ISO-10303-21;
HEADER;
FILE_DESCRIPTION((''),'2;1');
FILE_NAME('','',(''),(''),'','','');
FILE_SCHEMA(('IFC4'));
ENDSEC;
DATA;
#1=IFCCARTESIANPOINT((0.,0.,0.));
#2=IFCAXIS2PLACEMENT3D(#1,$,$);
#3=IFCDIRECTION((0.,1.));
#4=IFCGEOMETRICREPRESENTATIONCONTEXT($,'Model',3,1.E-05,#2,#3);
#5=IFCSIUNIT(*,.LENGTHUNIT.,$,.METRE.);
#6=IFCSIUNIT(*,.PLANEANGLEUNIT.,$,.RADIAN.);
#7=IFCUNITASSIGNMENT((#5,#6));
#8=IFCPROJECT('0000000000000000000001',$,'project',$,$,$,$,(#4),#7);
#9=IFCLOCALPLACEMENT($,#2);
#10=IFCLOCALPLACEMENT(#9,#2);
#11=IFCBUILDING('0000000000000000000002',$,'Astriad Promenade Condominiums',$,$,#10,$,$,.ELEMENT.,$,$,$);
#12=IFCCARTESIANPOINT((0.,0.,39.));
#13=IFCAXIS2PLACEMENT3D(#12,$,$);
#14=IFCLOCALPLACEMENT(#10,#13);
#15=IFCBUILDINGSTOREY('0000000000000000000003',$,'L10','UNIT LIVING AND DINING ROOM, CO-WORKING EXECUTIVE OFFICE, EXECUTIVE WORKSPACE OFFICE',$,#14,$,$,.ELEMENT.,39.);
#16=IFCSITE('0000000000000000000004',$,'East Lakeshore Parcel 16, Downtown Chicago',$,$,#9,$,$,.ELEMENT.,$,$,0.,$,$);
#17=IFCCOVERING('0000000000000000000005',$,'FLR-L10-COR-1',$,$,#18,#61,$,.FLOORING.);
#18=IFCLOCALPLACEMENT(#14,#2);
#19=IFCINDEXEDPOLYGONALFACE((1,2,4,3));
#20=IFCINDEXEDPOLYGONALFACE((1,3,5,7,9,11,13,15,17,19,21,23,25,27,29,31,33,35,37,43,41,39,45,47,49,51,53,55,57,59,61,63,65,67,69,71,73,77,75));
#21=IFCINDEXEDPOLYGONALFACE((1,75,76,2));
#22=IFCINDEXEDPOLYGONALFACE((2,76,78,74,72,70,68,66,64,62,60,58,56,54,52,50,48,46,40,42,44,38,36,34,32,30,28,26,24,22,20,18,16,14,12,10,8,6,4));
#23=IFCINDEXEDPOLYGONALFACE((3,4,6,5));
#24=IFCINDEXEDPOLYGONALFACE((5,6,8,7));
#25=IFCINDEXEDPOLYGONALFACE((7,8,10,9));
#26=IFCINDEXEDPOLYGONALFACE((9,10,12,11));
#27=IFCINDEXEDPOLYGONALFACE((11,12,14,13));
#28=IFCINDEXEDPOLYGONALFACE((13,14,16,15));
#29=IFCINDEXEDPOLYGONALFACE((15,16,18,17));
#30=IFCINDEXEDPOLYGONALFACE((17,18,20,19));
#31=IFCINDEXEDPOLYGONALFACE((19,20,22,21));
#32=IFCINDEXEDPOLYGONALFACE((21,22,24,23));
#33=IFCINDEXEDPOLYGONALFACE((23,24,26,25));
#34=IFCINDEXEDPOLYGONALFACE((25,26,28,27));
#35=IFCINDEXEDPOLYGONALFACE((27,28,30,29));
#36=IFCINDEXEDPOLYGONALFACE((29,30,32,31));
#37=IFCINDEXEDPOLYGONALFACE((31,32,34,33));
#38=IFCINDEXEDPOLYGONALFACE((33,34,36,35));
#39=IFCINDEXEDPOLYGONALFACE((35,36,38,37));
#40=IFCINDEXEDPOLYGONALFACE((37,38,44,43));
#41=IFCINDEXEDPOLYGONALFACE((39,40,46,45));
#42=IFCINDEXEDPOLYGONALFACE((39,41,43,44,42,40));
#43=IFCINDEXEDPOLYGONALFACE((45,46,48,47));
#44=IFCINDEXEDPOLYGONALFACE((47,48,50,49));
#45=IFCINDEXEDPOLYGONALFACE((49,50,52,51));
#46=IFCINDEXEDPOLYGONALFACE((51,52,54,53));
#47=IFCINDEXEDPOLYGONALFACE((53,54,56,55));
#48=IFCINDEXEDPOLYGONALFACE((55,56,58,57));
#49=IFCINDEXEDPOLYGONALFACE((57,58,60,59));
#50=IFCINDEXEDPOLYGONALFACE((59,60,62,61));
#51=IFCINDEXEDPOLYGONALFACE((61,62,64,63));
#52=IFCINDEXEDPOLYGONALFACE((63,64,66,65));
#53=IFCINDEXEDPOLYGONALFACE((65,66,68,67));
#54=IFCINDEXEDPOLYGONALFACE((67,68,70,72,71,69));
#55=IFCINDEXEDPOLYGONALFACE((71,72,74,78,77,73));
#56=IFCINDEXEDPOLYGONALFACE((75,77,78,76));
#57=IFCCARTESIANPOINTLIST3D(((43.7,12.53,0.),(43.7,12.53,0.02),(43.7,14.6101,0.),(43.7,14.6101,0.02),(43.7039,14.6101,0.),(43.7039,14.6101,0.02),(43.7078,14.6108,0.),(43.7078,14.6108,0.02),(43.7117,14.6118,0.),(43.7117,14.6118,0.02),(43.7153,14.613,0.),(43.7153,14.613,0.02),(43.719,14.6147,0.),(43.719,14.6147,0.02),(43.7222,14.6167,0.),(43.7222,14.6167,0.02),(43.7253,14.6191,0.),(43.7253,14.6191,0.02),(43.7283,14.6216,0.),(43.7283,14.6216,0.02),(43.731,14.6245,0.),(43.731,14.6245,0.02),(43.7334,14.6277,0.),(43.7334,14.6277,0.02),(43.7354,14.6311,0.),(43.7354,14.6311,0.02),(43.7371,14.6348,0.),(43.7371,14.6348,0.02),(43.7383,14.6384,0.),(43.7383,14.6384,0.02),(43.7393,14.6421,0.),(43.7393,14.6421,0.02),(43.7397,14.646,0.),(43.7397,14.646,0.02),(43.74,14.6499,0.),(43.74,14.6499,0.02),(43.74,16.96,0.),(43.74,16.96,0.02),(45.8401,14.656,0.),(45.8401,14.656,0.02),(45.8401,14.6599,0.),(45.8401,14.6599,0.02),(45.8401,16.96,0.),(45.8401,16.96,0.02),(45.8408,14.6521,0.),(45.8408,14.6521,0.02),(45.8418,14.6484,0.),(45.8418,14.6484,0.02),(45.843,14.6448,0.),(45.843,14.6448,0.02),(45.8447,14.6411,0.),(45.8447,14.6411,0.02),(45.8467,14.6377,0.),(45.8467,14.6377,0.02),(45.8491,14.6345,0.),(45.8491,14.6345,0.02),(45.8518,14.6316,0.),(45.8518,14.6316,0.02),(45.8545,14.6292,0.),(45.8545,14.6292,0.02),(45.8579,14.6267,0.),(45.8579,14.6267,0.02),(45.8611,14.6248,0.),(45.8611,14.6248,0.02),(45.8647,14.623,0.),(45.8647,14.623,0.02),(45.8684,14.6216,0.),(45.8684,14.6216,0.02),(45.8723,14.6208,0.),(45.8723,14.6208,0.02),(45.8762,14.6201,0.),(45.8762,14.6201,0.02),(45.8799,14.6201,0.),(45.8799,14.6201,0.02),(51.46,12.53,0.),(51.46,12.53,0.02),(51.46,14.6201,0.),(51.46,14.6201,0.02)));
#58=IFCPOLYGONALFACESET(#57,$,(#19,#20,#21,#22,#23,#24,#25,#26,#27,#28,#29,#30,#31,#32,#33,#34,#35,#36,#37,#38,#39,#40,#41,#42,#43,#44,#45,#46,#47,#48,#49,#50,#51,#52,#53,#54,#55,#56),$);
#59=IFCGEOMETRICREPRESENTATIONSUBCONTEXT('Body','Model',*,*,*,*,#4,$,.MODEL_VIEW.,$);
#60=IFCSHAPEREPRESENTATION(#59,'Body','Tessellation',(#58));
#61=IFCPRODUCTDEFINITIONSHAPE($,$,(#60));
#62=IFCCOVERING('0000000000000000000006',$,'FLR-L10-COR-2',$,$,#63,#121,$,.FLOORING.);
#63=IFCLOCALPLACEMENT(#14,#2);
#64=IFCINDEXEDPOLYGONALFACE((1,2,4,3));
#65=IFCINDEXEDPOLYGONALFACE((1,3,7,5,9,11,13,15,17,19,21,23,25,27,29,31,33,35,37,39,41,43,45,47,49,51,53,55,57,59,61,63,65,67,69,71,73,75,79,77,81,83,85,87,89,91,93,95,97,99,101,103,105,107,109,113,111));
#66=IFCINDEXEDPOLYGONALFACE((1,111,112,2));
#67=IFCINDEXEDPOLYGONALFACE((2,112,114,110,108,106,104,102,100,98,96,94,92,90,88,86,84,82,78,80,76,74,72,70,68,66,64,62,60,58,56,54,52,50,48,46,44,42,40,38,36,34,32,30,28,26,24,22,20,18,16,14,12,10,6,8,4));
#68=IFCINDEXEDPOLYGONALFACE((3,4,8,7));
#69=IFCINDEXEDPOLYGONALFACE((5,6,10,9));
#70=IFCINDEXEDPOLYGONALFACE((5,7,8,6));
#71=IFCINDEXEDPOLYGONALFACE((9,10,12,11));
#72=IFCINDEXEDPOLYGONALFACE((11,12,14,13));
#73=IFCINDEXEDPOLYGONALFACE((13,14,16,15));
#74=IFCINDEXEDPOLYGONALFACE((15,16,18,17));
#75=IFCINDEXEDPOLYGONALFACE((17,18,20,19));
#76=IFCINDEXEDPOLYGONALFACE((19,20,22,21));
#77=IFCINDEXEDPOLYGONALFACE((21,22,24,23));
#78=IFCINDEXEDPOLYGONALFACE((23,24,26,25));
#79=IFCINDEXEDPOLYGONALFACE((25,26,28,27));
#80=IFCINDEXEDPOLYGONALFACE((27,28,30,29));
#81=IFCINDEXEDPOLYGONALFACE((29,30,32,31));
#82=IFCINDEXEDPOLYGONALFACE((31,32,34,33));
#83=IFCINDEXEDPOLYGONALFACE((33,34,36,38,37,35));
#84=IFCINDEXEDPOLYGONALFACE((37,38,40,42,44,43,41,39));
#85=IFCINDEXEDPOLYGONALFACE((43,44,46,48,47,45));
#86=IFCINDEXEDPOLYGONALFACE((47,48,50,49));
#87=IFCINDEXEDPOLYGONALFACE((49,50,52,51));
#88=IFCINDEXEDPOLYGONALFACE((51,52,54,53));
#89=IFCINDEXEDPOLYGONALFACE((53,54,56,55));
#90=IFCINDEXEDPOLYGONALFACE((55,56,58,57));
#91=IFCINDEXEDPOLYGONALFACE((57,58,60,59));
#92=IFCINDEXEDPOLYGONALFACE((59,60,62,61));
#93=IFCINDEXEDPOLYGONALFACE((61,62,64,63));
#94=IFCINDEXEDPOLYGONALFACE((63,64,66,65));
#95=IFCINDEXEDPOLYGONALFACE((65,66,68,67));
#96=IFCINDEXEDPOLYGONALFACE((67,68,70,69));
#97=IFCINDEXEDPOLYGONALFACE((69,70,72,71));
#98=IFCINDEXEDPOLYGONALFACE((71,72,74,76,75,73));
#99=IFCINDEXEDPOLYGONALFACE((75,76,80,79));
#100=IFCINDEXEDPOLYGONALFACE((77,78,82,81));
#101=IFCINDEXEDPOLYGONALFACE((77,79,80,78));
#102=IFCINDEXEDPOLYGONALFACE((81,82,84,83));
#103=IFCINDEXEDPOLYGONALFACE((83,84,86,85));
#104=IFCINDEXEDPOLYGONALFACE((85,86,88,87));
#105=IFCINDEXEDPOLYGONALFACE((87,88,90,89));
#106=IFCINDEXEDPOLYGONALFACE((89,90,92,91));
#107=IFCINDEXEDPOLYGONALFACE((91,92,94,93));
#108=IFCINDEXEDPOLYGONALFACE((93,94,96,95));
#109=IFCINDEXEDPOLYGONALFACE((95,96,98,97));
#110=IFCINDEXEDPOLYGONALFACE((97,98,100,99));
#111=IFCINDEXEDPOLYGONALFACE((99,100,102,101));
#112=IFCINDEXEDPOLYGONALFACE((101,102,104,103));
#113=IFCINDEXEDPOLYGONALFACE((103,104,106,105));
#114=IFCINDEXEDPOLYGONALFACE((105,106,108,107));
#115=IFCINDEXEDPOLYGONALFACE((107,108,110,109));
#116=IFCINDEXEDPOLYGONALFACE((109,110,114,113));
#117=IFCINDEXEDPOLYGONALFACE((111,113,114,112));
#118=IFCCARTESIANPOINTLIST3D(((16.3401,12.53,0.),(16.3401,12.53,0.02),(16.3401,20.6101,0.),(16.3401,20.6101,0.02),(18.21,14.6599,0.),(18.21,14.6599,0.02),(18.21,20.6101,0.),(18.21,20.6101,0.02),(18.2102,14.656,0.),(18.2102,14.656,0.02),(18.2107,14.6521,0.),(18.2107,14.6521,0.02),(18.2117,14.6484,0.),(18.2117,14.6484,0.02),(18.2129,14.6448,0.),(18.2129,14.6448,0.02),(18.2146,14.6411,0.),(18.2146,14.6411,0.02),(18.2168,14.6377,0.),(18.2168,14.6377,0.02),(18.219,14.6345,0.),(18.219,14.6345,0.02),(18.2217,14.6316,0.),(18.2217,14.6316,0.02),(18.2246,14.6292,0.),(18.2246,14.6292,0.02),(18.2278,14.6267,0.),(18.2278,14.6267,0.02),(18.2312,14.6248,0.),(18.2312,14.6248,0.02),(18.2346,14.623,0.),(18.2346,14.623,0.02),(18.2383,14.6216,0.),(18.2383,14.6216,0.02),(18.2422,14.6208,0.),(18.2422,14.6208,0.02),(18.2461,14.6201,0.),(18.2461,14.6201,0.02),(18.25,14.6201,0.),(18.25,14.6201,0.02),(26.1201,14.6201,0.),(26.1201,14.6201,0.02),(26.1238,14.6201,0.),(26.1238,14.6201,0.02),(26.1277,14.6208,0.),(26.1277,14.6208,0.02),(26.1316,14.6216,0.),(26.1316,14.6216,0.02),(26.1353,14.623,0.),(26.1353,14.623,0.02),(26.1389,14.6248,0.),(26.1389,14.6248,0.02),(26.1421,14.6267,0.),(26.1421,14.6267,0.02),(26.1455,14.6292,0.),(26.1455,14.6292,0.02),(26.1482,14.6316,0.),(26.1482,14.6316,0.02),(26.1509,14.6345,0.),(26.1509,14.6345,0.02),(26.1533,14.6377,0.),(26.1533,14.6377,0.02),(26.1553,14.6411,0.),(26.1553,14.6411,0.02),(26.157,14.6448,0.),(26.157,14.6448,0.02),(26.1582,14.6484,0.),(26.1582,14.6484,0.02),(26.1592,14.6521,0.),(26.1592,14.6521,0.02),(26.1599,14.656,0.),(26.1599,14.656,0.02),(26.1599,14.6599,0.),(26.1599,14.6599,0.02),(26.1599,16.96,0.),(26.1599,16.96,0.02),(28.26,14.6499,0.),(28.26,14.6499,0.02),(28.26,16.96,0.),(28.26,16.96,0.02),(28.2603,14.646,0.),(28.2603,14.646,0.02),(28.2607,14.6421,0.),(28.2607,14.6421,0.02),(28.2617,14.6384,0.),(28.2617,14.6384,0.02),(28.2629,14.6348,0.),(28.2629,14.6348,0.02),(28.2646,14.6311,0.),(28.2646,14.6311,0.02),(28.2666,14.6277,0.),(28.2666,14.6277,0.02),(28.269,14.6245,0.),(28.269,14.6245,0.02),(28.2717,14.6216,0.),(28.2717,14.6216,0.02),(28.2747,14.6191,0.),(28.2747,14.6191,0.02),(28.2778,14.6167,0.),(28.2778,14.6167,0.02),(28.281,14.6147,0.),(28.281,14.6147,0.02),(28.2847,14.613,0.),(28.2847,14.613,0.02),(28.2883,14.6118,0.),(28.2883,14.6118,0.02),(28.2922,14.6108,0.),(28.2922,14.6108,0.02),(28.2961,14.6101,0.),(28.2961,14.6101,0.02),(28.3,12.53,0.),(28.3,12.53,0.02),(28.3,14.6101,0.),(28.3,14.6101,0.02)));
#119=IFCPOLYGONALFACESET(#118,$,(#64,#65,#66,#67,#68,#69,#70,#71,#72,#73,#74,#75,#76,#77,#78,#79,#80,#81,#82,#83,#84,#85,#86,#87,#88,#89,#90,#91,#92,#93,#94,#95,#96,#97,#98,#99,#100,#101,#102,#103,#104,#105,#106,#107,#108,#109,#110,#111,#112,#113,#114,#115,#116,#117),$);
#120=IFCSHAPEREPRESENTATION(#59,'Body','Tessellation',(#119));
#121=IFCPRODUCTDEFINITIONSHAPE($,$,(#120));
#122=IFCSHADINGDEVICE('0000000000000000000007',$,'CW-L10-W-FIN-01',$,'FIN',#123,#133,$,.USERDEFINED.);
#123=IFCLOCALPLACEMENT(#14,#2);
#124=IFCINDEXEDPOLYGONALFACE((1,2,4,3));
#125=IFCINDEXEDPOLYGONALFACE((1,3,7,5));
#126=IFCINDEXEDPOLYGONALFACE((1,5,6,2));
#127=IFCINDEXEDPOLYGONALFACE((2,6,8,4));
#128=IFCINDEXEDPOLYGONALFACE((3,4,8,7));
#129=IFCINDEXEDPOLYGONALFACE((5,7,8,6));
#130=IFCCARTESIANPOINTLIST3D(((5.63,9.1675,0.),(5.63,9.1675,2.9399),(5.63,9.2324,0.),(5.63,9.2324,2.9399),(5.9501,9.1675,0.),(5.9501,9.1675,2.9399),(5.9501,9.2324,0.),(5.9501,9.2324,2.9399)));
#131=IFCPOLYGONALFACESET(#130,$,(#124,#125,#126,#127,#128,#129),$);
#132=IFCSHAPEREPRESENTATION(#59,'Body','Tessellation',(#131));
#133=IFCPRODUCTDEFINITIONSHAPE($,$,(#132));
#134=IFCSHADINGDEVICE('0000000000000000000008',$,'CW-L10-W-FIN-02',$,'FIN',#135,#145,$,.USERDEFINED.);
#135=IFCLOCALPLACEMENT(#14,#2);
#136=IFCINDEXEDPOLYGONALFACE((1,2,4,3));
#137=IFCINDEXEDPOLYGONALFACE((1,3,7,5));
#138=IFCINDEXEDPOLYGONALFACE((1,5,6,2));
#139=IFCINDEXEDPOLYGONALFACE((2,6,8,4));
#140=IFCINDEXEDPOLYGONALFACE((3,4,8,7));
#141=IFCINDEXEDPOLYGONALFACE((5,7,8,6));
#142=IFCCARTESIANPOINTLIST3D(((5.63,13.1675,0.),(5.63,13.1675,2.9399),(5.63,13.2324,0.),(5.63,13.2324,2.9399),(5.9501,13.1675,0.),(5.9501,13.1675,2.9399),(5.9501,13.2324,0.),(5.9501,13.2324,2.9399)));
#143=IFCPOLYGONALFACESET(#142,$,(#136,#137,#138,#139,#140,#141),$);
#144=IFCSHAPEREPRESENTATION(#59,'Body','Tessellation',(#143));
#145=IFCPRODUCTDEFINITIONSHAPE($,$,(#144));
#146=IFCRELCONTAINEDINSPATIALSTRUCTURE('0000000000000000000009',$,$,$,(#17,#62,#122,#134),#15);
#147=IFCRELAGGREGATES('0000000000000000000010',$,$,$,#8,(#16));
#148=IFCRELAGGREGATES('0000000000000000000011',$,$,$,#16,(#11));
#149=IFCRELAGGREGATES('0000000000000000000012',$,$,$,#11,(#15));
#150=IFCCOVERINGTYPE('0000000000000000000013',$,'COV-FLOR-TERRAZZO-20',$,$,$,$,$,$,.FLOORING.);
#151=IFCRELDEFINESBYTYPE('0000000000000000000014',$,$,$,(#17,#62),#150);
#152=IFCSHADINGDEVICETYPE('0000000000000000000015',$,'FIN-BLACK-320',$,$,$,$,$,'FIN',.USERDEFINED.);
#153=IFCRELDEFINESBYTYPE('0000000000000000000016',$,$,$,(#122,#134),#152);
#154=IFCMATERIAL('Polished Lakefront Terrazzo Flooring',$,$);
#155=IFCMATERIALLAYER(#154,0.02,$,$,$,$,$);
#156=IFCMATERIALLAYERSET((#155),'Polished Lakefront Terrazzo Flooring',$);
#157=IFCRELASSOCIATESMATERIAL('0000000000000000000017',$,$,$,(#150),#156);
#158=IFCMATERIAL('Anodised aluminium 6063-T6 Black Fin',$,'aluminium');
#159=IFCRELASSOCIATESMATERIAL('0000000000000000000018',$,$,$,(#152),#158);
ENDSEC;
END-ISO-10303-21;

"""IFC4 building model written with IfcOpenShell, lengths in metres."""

from ifc_helpers import new_model, si_unit, direction, frame, origin, origin_2d, place, context, subcontext, project, spatial, polyline, rectangle, outline, extrude, source, transform, mapped, material, layer, layer_set, type_object, type_shapes, element, save


model = new_model("IFC4")

# Units and contexts
model_context = context("Model", 3, precision=1e-05, world=origin(), true_north=direction((0.0, 1.0)))
body_context = subcontext(model_context, "Body", "Model", "MODEL_VIEW")
ifc_project = project(units=[si_unit("LENGTHUNIT", "METRE"), si_unit("PLANEANGLEUNIT", "RADIAN")], contexts=[model_context])

# Site, building, storey
site_placement = place(None, origin())
site = spatial("IfcSite", under=ifc_project, at=site_placement, Name="East Lakeshore Parcel 16, Downtown Chicago", CompositionType="ELEMENT", RefElevation=0.0)
building_placement = place(site_placement, origin())
building = spatial("IfcBuilding", under=site, at=building_placement, Name="Astriad Promenade Condominiums", CompositionType="ELEMENT")
storey_placement = place(building_placement, frame((0.0, 0.0, 39.0)))
storey = spatial("IfcBuildingStorey", under=building, at=storey_placement, Name="L10", Description="UNIT LIVING AND DINING ROOM, CO-WORKING EXECUTIVE OFFICE, EXECUTIVE WORKSPACE OFFICE", CompositionType="ELEMENT", Elevation=39.0)

# Coverings
ifc_material_1 = material(Name="Polished Lakefront Terrazzo Flooring")
ifc_layer_1 = layer(ifc_material_1, 0.02)
ifc_layer_set_1 = layer_set([ifc_layer_1], Name="Polished Lakefront Terrazzo Flooring")
covering_type = type_object("IfcCoveringType", Name="COV-FLOR-TERRAZZO-20", PredefinedType="FLOORING", material=ifc_layer_set_1)
covering_1_placement = place(storey_placement, origin())
element("IfcCovering", 1, at=covering_1_placement, inside=storey, type_object=covering_type, Name="FLR-L10-COR-1", PredefinedType="FLOORING", context=body_context, shape_type="SweptSolid", body=[
    extrude(outline(polyline([(43.7, 12.53), (43.7, 14.6101), (43.7039, 14.6101), (43.7078, 14.6108), (43.7117, 14.6118), (43.7153, 14.613), (43.719, 14.6147), (43.7222, 14.6167), (43.7253, 14.6191), (43.7283, 14.6216), (43.731, 14.6245), (43.7334, 14.6277), (43.7354, 14.6311), (43.7371, 14.6348), (43.7383, 14.6384), (43.7393, 14.6421), (43.7397, 14.646), (43.74, 14.6499), (43.74, 16.96), (45.8401, 16.96), (45.8401, 14.6599), (45.8401, 14.656), (45.8408, 14.6521), (45.8418, 14.6484), (45.843, 14.6448), (45.8447, 14.6411), (45.8467, 14.6377), (45.8491, 14.6345), (45.8518, 14.6316), (45.8545, 14.6292), (45.8579, 14.6267), (45.8611, 14.6248), (45.8647, 14.623), (45.8684, 14.6216), (45.8723, 14.6208), (45.8762, 14.6201), (45.8799, 14.6201), (51.46, 14.6201), (51.46, 12.53), (43.7, 12.53)])), origin(), (0.0, 0.0, 1.0), 0.02),
])
covering_2_placement = place(storey_placement, origin())
element("IfcCovering", 2, at=covering_2_placement, inside=storey, type_object=covering_type, Name="FLR-L10-COR-2", PredefinedType="FLOORING", context=body_context, shape_type="SweptSolid", body=[
    extrude(outline(polyline([(28.3, 12.53), (16.3401, 12.53), (16.3401, 20.6101), (18.21, 20.6101), (18.21, 14.6599), (18.2102, 14.656), (18.2107, 14.6521), (18.2117, 14.6484), (18.2129, 14.6448), (18.2146, 14.6411), (18.2168, 14.6377), (18.219, 14.6345), (18.2217, 14.6316), (18.2246, 14.6292), (18.2278, 14.6267), (18.2312, 14.6248), (18.2346, 14.623), (18.2383, 14.6216), (18.2422, 14.6208), (18.2461, 14.6201), (18.25, 14.6201), (26.1201, 14.6201), (26.1238, 14.6201), (26.1277, 14.6208), (26.1316, 14.6216), (26.1353, 14.623), (26.1389, 14.6248), (26.1421, 14.6267), (26.1455, 14.6292), (26.1482, 14.6316), (26.1509, 14.6345), (26.1533, 14.6377), (26.1553, 14.6411), (26.157, 14.6448), (26.1582, 14.6484), (26.1592, 14.6521), (26.1599, 14.656), (26.1599, 14.6599), (26.1599, 16.96), (28.26, 16.96), (28.26, 14.6499), (28.2603, 14.646), (28.2607, 14.6421), (28.2617, 14.6384), (28.2629, 14.6348), (28.2646, 14.6311), (28.2666, 14.6277), (28.269, 14.6245), (28.2717, 14.6216), (28.2747, 14.6191), (28.2778, 14.6167), (28.281, 14.6147), (28.2847, 14.613), (28.2883, 14.6118), (28.2922, 14.6108), (28.2961, 14.6101), (28.3, 14.6101), (28.3, 12.53)])), origin(), (0.0, 0.0, 1.0), 0.02),
])

# Shading devices
ifc_material_2 = material(Name="Anodised aluminium 6063-T6 Black Fin", Category="aluminium")
shading_device_type = type_object("IfcShadingDeviceType", Name="FIN-BLACK-320", ElementType="FIN", PredefinedType="USERDEFINED", material=ifc_material_2)
shared_shape_1 = source(origin(), body_context, "Body", "SweptSolid", [
    extrude(rectangle(XDim=0.0649, YDim=0.3201, at=origin_2d()), origin(), (0.0, 0.0, 1.0), 2.9399),
])
type_shapes(shading_device_type, [shared_shape_1])
for number, where, z_axis, x_axis, name in (
    (3, (5.79, 9.2, 0.0), (0.0, 0.0, 1.0), (0.0, 1.0, 0.0), "CW-L10-W-FIN-01"),
    (4, (5.79, 13.2, 0.0), (0.0, 0.0, 1.0), (0.0, 1.0, 0.0), "CW-L10-W-FIN-02"),
):
    element("IfcShadingDevice", number, at=place(storey_placement, frame(where, z_axis=z_axis, x_axis=x_axis)), inside=storey, type_object=shading_device_type, Name=name, ObjectType="FIN", PredefinedType="USERDEFINED", context=body_context, shape_type="MappedRepresentation", body=[
        mapped(shared_shape_1, transform((0.0, 0.0, 0.0), scale=1.0)),
    ])

save(model, "model.ifc")
